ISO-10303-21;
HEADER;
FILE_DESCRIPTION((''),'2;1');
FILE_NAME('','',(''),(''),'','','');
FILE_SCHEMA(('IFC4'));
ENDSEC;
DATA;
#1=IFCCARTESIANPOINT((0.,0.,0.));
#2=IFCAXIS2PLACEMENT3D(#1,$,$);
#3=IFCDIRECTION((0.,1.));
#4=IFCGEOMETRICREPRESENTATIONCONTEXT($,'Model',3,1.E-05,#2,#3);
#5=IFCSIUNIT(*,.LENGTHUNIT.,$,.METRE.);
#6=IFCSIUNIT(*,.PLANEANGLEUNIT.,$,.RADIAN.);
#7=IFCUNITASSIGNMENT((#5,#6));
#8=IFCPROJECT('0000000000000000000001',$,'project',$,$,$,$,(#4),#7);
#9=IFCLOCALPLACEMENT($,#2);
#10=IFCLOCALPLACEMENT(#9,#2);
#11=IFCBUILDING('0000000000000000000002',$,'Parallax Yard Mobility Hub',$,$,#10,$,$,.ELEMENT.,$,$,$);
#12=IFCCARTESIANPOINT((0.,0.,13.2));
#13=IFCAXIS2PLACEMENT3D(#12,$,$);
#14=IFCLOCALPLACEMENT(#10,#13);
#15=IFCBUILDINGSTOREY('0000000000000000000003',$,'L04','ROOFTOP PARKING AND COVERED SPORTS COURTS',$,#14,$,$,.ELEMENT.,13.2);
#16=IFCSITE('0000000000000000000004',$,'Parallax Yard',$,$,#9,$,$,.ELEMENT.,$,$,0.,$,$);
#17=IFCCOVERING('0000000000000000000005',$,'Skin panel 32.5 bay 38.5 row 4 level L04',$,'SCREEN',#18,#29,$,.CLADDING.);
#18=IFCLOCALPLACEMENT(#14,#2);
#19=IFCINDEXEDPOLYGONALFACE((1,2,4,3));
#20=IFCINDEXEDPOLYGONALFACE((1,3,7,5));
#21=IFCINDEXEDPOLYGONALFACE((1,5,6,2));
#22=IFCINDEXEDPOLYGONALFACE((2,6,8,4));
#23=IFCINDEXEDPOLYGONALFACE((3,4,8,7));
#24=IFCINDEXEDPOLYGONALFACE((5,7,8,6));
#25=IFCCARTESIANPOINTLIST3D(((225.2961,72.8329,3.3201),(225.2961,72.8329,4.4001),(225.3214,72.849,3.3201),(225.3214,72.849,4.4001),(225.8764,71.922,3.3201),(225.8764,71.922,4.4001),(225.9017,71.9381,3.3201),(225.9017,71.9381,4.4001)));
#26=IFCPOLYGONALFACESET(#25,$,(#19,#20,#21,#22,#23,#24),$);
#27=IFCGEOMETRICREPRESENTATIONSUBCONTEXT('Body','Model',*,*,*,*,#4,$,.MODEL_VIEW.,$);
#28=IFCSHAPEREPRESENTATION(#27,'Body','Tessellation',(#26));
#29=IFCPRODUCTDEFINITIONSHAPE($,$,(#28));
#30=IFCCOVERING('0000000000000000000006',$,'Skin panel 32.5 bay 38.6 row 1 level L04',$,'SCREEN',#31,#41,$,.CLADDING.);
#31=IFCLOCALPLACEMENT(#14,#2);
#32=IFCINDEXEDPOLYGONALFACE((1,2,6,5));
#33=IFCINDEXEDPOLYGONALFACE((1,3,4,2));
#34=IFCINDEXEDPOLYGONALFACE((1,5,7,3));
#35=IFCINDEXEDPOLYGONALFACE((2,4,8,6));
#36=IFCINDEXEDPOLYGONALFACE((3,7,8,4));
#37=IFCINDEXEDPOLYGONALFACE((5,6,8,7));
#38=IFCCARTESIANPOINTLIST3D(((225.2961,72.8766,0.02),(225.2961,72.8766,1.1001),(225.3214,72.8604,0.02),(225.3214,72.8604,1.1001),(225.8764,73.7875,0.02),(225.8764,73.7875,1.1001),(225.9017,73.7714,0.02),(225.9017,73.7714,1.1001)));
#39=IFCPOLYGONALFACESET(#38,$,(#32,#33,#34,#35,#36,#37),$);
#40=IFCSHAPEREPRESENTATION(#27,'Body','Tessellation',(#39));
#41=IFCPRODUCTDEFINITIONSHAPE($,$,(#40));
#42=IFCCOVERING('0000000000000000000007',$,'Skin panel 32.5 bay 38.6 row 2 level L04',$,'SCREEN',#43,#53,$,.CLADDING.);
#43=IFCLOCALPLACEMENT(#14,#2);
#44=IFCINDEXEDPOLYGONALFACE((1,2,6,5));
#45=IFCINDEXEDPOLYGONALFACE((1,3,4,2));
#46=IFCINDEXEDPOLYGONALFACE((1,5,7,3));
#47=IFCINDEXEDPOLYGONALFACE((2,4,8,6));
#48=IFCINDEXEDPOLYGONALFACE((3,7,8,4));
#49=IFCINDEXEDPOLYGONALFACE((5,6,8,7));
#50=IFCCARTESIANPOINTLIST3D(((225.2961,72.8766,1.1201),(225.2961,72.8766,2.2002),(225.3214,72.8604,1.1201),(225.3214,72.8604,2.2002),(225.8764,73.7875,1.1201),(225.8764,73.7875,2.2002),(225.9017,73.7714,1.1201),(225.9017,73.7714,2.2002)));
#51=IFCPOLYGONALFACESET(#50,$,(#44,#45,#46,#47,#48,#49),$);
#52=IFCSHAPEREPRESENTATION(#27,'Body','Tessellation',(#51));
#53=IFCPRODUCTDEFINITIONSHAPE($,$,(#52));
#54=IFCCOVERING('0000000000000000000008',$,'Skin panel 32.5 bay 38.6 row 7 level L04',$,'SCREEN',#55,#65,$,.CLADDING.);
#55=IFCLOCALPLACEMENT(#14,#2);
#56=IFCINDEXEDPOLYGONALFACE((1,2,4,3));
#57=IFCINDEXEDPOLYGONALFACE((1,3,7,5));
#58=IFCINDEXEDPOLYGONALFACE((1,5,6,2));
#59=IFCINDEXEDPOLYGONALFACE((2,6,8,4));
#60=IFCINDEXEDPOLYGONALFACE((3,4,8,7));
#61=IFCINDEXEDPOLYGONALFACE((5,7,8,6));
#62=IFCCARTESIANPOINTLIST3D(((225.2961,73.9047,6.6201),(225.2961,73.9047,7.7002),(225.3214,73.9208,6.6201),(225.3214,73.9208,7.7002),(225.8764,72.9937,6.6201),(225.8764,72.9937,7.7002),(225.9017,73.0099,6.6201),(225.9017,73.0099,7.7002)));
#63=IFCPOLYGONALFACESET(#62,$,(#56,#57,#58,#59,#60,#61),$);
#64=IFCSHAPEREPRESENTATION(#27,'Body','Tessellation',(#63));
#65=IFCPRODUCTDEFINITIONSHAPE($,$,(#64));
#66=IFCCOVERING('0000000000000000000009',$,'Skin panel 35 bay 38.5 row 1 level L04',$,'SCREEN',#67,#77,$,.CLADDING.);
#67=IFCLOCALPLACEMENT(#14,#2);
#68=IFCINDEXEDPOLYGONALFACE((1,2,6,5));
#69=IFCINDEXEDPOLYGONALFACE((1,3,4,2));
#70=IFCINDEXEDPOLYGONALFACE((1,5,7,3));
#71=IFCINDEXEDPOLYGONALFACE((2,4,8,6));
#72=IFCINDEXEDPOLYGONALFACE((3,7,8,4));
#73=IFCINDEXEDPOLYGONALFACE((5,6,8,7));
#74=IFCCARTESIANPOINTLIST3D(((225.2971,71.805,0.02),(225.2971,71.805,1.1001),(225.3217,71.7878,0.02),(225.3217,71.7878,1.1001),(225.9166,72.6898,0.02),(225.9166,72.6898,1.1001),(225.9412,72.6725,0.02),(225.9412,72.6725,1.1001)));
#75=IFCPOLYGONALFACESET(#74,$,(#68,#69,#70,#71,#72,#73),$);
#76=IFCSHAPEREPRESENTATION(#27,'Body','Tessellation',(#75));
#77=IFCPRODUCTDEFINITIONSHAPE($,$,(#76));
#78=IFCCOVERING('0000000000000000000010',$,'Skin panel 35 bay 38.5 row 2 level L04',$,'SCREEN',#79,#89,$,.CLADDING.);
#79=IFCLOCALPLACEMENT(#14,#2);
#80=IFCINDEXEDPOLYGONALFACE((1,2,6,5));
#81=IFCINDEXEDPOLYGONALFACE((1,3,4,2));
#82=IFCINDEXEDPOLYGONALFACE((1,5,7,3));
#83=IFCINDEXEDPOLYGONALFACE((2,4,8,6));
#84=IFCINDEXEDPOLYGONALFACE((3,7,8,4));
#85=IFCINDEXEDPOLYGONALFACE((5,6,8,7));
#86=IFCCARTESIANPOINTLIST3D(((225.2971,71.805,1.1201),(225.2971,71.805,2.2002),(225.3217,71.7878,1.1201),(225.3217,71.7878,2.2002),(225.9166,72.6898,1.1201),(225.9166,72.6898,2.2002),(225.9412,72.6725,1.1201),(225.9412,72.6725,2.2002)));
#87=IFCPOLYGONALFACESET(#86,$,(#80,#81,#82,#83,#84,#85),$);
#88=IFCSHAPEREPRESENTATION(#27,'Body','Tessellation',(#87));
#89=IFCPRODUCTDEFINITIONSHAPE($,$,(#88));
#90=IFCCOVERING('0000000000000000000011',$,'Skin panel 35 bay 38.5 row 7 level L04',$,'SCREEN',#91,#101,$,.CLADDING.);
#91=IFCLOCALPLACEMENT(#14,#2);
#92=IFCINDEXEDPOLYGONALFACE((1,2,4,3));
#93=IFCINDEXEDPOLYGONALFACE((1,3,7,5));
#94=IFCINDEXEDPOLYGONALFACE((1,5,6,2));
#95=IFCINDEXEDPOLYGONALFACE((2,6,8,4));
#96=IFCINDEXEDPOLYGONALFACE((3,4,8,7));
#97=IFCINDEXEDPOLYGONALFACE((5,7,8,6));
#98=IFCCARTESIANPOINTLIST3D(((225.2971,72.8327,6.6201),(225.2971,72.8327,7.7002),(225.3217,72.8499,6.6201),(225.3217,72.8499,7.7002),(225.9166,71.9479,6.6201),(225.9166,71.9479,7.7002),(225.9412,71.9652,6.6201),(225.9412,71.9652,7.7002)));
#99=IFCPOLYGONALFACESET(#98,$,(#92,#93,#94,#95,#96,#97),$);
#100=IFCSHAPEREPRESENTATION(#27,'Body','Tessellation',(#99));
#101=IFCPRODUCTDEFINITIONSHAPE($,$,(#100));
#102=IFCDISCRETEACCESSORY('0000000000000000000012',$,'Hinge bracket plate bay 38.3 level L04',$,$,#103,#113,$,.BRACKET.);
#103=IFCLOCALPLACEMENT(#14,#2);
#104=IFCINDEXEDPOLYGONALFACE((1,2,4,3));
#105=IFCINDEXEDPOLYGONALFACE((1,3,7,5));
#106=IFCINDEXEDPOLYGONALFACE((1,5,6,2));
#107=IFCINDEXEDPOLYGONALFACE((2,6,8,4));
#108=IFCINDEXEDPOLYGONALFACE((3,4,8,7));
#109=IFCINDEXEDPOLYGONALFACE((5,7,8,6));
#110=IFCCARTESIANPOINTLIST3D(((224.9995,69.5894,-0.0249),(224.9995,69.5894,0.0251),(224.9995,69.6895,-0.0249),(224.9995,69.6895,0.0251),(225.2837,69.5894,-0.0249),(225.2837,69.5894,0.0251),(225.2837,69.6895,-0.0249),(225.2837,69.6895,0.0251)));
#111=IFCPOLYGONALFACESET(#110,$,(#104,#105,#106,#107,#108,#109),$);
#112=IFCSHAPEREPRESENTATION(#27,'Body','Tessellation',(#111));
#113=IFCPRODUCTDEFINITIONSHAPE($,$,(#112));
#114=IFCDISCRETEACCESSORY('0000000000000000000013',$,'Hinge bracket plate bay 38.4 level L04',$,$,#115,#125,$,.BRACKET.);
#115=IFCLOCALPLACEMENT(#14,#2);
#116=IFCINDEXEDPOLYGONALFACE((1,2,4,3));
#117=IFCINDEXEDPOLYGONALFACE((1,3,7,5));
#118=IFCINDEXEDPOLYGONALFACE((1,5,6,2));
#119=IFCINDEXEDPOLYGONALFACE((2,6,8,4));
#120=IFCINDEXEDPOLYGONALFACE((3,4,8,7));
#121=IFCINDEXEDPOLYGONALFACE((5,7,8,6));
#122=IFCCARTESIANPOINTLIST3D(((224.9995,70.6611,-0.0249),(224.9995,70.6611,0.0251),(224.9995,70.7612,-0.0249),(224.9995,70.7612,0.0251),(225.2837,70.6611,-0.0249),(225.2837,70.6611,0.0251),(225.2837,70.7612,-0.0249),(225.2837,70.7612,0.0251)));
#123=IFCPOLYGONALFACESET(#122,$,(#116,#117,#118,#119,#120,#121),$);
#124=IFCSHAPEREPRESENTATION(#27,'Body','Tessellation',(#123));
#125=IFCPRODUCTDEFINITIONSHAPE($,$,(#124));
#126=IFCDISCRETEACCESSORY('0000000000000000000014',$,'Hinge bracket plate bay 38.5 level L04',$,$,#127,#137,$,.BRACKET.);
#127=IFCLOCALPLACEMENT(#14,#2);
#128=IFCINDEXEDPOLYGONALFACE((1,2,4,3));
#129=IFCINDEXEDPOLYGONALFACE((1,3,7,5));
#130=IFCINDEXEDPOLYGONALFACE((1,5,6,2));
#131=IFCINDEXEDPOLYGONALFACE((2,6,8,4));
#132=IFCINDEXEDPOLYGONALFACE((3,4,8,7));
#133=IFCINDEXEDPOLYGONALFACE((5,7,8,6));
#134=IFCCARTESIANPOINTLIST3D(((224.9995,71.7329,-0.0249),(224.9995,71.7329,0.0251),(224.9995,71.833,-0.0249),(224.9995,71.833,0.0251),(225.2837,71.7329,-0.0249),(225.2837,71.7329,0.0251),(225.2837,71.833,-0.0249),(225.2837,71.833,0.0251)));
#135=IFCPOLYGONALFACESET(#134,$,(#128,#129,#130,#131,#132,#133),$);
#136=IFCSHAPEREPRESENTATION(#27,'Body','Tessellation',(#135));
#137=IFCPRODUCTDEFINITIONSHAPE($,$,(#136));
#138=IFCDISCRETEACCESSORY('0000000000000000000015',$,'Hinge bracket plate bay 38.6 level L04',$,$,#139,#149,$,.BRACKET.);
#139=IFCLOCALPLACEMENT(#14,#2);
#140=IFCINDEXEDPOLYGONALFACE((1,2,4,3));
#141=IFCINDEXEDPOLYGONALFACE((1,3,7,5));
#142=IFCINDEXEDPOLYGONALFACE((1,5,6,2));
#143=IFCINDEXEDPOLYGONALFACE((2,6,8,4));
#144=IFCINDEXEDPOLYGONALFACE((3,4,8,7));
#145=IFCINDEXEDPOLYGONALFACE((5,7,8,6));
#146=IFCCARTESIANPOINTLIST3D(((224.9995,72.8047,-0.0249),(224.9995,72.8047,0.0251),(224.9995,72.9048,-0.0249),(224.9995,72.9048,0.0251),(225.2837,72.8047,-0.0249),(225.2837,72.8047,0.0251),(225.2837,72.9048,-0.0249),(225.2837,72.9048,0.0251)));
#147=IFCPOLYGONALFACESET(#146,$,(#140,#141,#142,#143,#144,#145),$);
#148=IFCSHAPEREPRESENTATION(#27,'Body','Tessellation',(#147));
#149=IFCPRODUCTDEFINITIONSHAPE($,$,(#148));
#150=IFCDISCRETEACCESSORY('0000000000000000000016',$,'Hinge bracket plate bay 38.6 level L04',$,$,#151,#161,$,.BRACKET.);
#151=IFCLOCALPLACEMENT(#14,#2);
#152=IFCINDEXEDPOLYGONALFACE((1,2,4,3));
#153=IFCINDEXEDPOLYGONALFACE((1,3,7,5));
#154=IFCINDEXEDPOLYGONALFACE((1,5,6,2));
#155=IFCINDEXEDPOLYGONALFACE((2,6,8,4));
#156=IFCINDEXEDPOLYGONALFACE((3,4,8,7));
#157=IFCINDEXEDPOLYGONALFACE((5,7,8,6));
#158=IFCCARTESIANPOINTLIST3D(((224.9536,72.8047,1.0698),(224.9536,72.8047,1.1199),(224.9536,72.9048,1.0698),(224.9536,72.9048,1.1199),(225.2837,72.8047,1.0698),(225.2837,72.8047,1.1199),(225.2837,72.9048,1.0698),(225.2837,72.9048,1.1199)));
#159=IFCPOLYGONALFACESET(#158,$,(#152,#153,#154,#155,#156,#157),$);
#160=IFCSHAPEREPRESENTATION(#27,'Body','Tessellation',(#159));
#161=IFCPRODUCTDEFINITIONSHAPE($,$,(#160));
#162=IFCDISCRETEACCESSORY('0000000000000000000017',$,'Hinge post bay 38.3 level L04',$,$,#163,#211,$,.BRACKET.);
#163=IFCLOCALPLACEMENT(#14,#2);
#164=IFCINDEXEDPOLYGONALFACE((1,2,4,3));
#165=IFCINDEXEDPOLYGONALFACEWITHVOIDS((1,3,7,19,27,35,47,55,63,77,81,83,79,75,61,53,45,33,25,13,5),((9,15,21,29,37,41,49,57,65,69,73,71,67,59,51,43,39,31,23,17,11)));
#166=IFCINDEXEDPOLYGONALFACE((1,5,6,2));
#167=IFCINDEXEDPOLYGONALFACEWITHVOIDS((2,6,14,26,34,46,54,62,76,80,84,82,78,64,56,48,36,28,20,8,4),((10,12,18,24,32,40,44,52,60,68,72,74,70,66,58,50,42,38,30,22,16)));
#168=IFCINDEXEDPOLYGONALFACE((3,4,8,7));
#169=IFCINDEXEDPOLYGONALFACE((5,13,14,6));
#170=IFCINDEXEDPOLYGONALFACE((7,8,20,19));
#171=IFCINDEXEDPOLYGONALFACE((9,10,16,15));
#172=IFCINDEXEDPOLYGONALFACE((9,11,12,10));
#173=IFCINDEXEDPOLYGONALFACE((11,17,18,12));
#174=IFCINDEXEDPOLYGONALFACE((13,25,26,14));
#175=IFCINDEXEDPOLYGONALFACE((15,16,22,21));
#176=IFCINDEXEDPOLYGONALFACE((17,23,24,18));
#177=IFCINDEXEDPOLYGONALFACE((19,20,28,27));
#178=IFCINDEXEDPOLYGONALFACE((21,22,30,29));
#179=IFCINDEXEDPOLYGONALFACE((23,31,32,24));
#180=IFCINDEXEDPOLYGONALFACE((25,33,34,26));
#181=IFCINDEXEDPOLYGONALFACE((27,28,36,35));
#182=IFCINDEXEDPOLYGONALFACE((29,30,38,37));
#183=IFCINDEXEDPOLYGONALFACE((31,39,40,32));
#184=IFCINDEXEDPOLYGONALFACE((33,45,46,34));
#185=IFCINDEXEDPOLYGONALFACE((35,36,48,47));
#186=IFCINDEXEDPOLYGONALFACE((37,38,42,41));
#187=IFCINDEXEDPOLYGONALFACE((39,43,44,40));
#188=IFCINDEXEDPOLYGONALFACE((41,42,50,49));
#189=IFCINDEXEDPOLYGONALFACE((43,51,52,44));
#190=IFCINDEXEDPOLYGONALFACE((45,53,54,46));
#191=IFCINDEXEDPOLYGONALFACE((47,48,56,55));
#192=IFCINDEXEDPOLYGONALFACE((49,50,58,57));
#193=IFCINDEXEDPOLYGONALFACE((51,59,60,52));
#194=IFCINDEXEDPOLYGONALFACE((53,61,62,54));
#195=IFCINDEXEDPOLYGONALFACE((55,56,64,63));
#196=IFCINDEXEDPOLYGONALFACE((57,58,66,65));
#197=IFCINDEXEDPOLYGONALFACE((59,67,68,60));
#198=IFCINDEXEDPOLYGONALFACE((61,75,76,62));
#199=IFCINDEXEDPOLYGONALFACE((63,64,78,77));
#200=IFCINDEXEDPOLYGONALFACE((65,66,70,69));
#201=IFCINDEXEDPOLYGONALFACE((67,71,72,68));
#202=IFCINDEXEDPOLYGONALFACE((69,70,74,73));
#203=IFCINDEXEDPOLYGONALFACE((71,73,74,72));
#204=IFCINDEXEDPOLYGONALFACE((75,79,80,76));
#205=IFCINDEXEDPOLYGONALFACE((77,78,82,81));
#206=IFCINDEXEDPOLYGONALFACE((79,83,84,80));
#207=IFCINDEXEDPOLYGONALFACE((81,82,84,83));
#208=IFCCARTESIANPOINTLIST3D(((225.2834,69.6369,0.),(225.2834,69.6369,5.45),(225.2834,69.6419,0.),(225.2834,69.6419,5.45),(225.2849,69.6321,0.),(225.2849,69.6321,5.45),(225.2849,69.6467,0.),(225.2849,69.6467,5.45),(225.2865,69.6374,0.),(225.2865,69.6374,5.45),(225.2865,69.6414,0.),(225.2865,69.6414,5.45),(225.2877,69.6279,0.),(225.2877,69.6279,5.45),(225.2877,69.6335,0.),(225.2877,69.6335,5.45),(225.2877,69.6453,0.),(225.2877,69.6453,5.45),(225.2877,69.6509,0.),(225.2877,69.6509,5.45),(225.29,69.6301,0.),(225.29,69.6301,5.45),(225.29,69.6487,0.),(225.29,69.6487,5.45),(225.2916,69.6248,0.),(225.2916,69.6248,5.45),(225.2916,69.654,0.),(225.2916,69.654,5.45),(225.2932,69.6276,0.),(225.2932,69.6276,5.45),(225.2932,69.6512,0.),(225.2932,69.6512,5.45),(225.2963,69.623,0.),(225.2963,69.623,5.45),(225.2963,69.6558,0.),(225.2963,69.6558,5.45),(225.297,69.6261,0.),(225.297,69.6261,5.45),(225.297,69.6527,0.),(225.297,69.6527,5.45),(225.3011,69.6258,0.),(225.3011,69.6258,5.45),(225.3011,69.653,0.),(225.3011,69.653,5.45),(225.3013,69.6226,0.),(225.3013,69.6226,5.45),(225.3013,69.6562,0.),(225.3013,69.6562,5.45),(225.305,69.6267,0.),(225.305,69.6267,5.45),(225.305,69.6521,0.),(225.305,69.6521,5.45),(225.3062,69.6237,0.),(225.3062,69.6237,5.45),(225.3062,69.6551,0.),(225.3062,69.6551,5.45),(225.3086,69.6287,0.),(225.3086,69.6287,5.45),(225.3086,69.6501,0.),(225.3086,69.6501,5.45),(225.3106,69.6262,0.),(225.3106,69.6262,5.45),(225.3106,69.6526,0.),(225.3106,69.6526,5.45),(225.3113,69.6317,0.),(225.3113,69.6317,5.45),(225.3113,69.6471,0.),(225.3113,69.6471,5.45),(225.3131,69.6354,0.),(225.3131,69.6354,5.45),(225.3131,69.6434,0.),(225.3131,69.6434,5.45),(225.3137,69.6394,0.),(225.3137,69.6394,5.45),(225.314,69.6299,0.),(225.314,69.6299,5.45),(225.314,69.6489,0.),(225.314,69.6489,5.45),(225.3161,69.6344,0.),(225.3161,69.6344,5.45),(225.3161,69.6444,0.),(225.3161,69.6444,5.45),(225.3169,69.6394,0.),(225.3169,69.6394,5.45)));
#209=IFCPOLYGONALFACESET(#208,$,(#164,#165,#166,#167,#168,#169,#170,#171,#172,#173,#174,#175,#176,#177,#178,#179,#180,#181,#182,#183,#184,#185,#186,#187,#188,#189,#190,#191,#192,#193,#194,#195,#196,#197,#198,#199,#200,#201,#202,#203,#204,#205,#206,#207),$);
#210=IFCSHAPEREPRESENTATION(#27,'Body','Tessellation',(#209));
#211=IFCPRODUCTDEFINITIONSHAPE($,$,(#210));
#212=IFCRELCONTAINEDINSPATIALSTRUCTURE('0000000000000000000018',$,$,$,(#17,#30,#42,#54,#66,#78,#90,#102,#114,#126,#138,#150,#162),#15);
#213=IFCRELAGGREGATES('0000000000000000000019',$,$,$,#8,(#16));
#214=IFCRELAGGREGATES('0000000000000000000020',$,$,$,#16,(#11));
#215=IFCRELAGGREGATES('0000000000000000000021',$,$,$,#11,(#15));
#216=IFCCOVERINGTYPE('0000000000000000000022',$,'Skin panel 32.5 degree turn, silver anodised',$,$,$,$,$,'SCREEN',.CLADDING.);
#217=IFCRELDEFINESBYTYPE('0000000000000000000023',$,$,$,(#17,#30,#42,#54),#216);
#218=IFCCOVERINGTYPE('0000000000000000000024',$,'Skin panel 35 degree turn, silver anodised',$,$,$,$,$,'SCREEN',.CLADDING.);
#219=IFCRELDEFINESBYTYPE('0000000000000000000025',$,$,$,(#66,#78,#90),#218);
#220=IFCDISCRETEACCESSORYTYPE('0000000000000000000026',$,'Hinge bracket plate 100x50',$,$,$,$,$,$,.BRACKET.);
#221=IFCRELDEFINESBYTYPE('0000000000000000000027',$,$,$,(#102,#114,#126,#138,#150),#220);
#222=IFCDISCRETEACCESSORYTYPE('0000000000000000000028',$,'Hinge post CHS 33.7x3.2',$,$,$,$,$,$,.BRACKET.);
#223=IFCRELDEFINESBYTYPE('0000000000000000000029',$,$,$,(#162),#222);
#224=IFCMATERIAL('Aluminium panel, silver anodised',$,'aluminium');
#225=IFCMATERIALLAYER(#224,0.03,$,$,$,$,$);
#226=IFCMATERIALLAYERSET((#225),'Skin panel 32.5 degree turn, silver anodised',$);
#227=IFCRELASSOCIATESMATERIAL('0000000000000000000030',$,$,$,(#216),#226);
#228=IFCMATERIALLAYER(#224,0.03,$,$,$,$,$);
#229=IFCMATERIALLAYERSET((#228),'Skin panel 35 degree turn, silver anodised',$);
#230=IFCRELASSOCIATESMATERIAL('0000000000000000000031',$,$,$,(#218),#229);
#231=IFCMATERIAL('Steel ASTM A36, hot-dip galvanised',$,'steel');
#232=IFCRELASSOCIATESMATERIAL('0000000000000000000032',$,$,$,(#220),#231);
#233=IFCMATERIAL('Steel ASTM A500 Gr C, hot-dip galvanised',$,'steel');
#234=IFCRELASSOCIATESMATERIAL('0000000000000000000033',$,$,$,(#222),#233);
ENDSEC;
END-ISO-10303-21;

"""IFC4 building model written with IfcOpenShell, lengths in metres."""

from ifc_helpers import new_model, si_unit, direction, frame, origin, origin_2d, place, context, subcontext, project, spatial, rectangle, hollow_circle, extrude, material, layer, layer_set, material_profile, profile_set, type_object, element, save


model = new_model("IFC4")

# Units and contexts
model_context = context("Model", 3, precision=1e-05, world=origin(), true_north=direction((0.0, 1.0)))
body_context = subcontext(model_context, "Body", "Model", "MODEL_VIEW")
ifc_project = project(units=[si_unit("LENGTHUNIT", "METRE"), si_unit("PLANEANGLEUNIT", "RADIAN")], contexts=[model_context])

# Site, building, storey
site_placement = place(None, origin())
site = spatial("IfcSite", under=ifc_project, at=site_placement, Name="Parallax Yard", CompositionType="ELEMENT", RefElevation=0.0)
building_placement = place(site_placement, origin())
building = spatial("IfcBuilding", under=site, at=building_placement, Name="Parallax Yard Mobility Hub", CompositionType="ELEMENT")
storey_placement = place(building_placement, frame((0.0, 0.0, 13.2)))
storey = spatial("IfcBuildingStorey", under=building, at=storey_placement, Name="L04", Description="ROOFTOP PARKING AND COVERED SPORTS COURTS", CompositionType="ELEMENT", Elevation=13.2)

# Coverings
ifc_material_1 = material(Name="Aluminium panel, silver anodised", Category="aluminium")
ifc_layer_1 = layer(ifc_material_1, 0.03)
ifc_layer_set_1 = layer_set([ifc_layer_1], Name="Skin panel 32.5 degree turn, silver anodised")
covering_type_1 = type_object("IfcCoveringType", Name="Skin panel 32.5 degree turn, silver anodised", ElementType="SCREEN", PredefinedType="CLADDING", material=ifc_layer_set_1)
for number, where, z_axis, x_axis, name in (
    (1, (225.5989, 72.3855, 3.3201), (0.0, 0.0, 1.0), (0.5373, -0.843391, 0.0), "Skin panel 32.5 bay 38.5 row 4 level L04"),
    (2, (225.5989, 73.324, 0.02), (0.0, 0.0, 1.0), (0.5373, 0.843391, 0.0), "Skin panel 32.5 bay 38.6 row 1 level L04"),
    (3, (225.5989, 73.324, 1.1201), (0.0, 0.0, 1.0), (0.5373, 0.843391, 0.0), "Skin panel 32.5 bay 38.6 row 2 level L04"),
    (4, (225.5989, 73.4573, 6.6201), (0.0, 0.0, 1.0), (0.5373, -0.843391, 0.0), "Skin panel 32.5 bay 38.6 row 7 level L04"),
):
    element("IfcCovering", number, at=place(storey_placement, frame(where, z_axis=z_axis, x_axis=x_axis)), inside=storey, type_object=covering_type_1, Name=name, ObjectType="SCREEN", PredefinedType="CLADDING", context=body_context, shape_type="SweptSolid", body=[
        extrude(rectangle(XDim=1.0801, YDim=0.03, at=origin_2d()), origin(), (0.0, 0.0, 1.0), 1.0801),
    ])
ifc_layer_2 = layer(ifc_material_1, 0.03)
ifc_layer_set_2 = layer_set([ifc_layer_2], Name="Skin panel 35 degree turn, silver anodised")
covering_type_2 = type_object("IfcCoveringType", Name="Skin panel 35 degree turn, silver anodised", ElementType="SCREEN", PredefinedType="CLADDING", material=ifc_layer_set_2)
for number, where, z_axis, x_axis, name in (
    (5, (225.6191, 72.2388, 0.02), (0.0, 0.0, 1.0), (0.573576, 0.819152, 0.0), "Skin panel 35 bay 38.5 row 1 level L04"),
    (6, (225.6191, 72.2388, 1.1201), (0.0, 0.0, 1.0), (0.573576, 0.819152, 0.0), "Skin panel 35 bay 38.5 row 2 level L04"),
    (7, (225.6191, 72.3989, 6.6201), (0.0, 0.0, 1.0), (0.573576, -0.819152, 0.0), "Skin panel 35 bay 38.5 row 7 level L04"),
):
    element("IfcCovering", number, at=place(storey_placement, frame(where, z_axis=z_axis, x_axis=x_axis)), inside=storey, type_object=covering_type_2, Name=name, ObjectType="SCREEN", PredefinedType="CLADDING", context=body_context, shape_type="SweptSolid", body=[
        extrude(rectangle(XDim=1.0801, YDim=0.03, at=origin_2d()), origin(), (0.0, 0.0, 1.0), 1.0801),
    ])

# Discrete accessories
ifc_material_2 = material(Name="Steel ASTM A36, hot-dip galvanised", Category="steel")
discrete_accessory_type_1 = type_object("IfcDiscreteAccessoryType", Name="Hinge bracket plate 100x50", PredefinedType="BRACKET", material=ifc_material_2)
for number, where, z_axis, x_axis, name in (
    (8, (225.1416, 69.6394, -0.0249), (0.0, 0.0, 1.0), (1.0, 0.0, 0.0), "Hinge bracket plate bay 38.3 level L04"),
    (9, (225.1416, 70.7112, -0.0249), (0.0, 0.0, 1.0), (1.0, 0.0, 0.0), "Hinge bracket plate bay 38.4 level L04"),
    (10, (225.1416, 71.783, -0.0249), (0.0, 0.0, 1.0), (1.0, 0.0, 0.0), "Hinge bracket plate bay 38.5 level L04"),
    (11, (225.1416, 72.8547, -0.0249), (0.0, 0.0, 1.0), (1.0, 0.0, 0.0), "Hinge bracket plate bay 38.6 level L04"),
):
    element("IfcDiscreteAccessory", number, at=place(storey_placement, frame(where, z_axis=z_axis, x_axis=x_axis)), inside=storey, type_object=discrete_accessory_type_1, Name=name, PredefinedType="BRACKET", context=body_context, shape_type="SweptSolid", body=[
        extrude(rectangle(XDim=0.2842, YDim=0.1001, at=origin_2d()), origin(), (0.0, 0.0, 1.0), 0.05),
    ])
discrete_accessory_1_placement = place(storey_placement, frame((225.1187, 72.8547, 1.0698), z_axis=(0.0, 0.0, 1.0), x_axis=(1.0, 0.0, 0.0)))
element("IfcDiscreteAccessory", 12, at=discrete_accessory_1_placement, inside=storey, type_object=discrete_accessory_type_1, Name="Hinge bracket plate bay 38.6 level L04", PredefinedType="BRACKET", context=body_context, shape_type="SweptSolid", body=[
    extrude(rectangle(XDim=0.3301, YDim=0.1001, at=origin_2d()), origin(), (0.0, 0.0, 1.0), 0.05),
])
ifc_material_3 = material(Name="Steel ASTM A500 Gr C, hot-dip galvanised", Category="steel")
ifc_material_profile = material_profile(ifc_material_3, hollow_circle(Radius=0.0168, WallThickness=0.0032, at=origin_2d()), Name="CHS 33.7x3.2")
ifc_profile_set = profile_set([ifc_material_profile], Name="Steel ASTM A500 Gr C, hot-dip galvanised")
discrete_accessory_type_2 = type_object("IfcDiscreteAccessoryType", Name="Hinge post CHS 33.7x3.2", PredefinedType="BRACKET", material=ifc_profile_set)
for number, where, z_axis, x_axis, name in (
    (13, (225.3, 69.6394, 0.0), (0.0, 0.0, 1.0), (1.0, 0.0, 0.0), "Hinge post bay 38.3 level L04"),
):
    element("IfcDiscreteAccessory", number, at=place(storey_placement, frame(where, z_axis=z_axis, x_axis=x_axis)), inside=storey, type_object=discrete_accessory_type_2, Name=name, PredefinedType="BRACKET", context=body_context, shape_type="SweptSolid", body=[
        extrude(hollow_circle(Radius=0.0168, WallThickness=0.0032, at=origin_2d()), origin(), (0.0, 0.0, 1.0), 5.45),
    ])

save(model, "model.ifc")
